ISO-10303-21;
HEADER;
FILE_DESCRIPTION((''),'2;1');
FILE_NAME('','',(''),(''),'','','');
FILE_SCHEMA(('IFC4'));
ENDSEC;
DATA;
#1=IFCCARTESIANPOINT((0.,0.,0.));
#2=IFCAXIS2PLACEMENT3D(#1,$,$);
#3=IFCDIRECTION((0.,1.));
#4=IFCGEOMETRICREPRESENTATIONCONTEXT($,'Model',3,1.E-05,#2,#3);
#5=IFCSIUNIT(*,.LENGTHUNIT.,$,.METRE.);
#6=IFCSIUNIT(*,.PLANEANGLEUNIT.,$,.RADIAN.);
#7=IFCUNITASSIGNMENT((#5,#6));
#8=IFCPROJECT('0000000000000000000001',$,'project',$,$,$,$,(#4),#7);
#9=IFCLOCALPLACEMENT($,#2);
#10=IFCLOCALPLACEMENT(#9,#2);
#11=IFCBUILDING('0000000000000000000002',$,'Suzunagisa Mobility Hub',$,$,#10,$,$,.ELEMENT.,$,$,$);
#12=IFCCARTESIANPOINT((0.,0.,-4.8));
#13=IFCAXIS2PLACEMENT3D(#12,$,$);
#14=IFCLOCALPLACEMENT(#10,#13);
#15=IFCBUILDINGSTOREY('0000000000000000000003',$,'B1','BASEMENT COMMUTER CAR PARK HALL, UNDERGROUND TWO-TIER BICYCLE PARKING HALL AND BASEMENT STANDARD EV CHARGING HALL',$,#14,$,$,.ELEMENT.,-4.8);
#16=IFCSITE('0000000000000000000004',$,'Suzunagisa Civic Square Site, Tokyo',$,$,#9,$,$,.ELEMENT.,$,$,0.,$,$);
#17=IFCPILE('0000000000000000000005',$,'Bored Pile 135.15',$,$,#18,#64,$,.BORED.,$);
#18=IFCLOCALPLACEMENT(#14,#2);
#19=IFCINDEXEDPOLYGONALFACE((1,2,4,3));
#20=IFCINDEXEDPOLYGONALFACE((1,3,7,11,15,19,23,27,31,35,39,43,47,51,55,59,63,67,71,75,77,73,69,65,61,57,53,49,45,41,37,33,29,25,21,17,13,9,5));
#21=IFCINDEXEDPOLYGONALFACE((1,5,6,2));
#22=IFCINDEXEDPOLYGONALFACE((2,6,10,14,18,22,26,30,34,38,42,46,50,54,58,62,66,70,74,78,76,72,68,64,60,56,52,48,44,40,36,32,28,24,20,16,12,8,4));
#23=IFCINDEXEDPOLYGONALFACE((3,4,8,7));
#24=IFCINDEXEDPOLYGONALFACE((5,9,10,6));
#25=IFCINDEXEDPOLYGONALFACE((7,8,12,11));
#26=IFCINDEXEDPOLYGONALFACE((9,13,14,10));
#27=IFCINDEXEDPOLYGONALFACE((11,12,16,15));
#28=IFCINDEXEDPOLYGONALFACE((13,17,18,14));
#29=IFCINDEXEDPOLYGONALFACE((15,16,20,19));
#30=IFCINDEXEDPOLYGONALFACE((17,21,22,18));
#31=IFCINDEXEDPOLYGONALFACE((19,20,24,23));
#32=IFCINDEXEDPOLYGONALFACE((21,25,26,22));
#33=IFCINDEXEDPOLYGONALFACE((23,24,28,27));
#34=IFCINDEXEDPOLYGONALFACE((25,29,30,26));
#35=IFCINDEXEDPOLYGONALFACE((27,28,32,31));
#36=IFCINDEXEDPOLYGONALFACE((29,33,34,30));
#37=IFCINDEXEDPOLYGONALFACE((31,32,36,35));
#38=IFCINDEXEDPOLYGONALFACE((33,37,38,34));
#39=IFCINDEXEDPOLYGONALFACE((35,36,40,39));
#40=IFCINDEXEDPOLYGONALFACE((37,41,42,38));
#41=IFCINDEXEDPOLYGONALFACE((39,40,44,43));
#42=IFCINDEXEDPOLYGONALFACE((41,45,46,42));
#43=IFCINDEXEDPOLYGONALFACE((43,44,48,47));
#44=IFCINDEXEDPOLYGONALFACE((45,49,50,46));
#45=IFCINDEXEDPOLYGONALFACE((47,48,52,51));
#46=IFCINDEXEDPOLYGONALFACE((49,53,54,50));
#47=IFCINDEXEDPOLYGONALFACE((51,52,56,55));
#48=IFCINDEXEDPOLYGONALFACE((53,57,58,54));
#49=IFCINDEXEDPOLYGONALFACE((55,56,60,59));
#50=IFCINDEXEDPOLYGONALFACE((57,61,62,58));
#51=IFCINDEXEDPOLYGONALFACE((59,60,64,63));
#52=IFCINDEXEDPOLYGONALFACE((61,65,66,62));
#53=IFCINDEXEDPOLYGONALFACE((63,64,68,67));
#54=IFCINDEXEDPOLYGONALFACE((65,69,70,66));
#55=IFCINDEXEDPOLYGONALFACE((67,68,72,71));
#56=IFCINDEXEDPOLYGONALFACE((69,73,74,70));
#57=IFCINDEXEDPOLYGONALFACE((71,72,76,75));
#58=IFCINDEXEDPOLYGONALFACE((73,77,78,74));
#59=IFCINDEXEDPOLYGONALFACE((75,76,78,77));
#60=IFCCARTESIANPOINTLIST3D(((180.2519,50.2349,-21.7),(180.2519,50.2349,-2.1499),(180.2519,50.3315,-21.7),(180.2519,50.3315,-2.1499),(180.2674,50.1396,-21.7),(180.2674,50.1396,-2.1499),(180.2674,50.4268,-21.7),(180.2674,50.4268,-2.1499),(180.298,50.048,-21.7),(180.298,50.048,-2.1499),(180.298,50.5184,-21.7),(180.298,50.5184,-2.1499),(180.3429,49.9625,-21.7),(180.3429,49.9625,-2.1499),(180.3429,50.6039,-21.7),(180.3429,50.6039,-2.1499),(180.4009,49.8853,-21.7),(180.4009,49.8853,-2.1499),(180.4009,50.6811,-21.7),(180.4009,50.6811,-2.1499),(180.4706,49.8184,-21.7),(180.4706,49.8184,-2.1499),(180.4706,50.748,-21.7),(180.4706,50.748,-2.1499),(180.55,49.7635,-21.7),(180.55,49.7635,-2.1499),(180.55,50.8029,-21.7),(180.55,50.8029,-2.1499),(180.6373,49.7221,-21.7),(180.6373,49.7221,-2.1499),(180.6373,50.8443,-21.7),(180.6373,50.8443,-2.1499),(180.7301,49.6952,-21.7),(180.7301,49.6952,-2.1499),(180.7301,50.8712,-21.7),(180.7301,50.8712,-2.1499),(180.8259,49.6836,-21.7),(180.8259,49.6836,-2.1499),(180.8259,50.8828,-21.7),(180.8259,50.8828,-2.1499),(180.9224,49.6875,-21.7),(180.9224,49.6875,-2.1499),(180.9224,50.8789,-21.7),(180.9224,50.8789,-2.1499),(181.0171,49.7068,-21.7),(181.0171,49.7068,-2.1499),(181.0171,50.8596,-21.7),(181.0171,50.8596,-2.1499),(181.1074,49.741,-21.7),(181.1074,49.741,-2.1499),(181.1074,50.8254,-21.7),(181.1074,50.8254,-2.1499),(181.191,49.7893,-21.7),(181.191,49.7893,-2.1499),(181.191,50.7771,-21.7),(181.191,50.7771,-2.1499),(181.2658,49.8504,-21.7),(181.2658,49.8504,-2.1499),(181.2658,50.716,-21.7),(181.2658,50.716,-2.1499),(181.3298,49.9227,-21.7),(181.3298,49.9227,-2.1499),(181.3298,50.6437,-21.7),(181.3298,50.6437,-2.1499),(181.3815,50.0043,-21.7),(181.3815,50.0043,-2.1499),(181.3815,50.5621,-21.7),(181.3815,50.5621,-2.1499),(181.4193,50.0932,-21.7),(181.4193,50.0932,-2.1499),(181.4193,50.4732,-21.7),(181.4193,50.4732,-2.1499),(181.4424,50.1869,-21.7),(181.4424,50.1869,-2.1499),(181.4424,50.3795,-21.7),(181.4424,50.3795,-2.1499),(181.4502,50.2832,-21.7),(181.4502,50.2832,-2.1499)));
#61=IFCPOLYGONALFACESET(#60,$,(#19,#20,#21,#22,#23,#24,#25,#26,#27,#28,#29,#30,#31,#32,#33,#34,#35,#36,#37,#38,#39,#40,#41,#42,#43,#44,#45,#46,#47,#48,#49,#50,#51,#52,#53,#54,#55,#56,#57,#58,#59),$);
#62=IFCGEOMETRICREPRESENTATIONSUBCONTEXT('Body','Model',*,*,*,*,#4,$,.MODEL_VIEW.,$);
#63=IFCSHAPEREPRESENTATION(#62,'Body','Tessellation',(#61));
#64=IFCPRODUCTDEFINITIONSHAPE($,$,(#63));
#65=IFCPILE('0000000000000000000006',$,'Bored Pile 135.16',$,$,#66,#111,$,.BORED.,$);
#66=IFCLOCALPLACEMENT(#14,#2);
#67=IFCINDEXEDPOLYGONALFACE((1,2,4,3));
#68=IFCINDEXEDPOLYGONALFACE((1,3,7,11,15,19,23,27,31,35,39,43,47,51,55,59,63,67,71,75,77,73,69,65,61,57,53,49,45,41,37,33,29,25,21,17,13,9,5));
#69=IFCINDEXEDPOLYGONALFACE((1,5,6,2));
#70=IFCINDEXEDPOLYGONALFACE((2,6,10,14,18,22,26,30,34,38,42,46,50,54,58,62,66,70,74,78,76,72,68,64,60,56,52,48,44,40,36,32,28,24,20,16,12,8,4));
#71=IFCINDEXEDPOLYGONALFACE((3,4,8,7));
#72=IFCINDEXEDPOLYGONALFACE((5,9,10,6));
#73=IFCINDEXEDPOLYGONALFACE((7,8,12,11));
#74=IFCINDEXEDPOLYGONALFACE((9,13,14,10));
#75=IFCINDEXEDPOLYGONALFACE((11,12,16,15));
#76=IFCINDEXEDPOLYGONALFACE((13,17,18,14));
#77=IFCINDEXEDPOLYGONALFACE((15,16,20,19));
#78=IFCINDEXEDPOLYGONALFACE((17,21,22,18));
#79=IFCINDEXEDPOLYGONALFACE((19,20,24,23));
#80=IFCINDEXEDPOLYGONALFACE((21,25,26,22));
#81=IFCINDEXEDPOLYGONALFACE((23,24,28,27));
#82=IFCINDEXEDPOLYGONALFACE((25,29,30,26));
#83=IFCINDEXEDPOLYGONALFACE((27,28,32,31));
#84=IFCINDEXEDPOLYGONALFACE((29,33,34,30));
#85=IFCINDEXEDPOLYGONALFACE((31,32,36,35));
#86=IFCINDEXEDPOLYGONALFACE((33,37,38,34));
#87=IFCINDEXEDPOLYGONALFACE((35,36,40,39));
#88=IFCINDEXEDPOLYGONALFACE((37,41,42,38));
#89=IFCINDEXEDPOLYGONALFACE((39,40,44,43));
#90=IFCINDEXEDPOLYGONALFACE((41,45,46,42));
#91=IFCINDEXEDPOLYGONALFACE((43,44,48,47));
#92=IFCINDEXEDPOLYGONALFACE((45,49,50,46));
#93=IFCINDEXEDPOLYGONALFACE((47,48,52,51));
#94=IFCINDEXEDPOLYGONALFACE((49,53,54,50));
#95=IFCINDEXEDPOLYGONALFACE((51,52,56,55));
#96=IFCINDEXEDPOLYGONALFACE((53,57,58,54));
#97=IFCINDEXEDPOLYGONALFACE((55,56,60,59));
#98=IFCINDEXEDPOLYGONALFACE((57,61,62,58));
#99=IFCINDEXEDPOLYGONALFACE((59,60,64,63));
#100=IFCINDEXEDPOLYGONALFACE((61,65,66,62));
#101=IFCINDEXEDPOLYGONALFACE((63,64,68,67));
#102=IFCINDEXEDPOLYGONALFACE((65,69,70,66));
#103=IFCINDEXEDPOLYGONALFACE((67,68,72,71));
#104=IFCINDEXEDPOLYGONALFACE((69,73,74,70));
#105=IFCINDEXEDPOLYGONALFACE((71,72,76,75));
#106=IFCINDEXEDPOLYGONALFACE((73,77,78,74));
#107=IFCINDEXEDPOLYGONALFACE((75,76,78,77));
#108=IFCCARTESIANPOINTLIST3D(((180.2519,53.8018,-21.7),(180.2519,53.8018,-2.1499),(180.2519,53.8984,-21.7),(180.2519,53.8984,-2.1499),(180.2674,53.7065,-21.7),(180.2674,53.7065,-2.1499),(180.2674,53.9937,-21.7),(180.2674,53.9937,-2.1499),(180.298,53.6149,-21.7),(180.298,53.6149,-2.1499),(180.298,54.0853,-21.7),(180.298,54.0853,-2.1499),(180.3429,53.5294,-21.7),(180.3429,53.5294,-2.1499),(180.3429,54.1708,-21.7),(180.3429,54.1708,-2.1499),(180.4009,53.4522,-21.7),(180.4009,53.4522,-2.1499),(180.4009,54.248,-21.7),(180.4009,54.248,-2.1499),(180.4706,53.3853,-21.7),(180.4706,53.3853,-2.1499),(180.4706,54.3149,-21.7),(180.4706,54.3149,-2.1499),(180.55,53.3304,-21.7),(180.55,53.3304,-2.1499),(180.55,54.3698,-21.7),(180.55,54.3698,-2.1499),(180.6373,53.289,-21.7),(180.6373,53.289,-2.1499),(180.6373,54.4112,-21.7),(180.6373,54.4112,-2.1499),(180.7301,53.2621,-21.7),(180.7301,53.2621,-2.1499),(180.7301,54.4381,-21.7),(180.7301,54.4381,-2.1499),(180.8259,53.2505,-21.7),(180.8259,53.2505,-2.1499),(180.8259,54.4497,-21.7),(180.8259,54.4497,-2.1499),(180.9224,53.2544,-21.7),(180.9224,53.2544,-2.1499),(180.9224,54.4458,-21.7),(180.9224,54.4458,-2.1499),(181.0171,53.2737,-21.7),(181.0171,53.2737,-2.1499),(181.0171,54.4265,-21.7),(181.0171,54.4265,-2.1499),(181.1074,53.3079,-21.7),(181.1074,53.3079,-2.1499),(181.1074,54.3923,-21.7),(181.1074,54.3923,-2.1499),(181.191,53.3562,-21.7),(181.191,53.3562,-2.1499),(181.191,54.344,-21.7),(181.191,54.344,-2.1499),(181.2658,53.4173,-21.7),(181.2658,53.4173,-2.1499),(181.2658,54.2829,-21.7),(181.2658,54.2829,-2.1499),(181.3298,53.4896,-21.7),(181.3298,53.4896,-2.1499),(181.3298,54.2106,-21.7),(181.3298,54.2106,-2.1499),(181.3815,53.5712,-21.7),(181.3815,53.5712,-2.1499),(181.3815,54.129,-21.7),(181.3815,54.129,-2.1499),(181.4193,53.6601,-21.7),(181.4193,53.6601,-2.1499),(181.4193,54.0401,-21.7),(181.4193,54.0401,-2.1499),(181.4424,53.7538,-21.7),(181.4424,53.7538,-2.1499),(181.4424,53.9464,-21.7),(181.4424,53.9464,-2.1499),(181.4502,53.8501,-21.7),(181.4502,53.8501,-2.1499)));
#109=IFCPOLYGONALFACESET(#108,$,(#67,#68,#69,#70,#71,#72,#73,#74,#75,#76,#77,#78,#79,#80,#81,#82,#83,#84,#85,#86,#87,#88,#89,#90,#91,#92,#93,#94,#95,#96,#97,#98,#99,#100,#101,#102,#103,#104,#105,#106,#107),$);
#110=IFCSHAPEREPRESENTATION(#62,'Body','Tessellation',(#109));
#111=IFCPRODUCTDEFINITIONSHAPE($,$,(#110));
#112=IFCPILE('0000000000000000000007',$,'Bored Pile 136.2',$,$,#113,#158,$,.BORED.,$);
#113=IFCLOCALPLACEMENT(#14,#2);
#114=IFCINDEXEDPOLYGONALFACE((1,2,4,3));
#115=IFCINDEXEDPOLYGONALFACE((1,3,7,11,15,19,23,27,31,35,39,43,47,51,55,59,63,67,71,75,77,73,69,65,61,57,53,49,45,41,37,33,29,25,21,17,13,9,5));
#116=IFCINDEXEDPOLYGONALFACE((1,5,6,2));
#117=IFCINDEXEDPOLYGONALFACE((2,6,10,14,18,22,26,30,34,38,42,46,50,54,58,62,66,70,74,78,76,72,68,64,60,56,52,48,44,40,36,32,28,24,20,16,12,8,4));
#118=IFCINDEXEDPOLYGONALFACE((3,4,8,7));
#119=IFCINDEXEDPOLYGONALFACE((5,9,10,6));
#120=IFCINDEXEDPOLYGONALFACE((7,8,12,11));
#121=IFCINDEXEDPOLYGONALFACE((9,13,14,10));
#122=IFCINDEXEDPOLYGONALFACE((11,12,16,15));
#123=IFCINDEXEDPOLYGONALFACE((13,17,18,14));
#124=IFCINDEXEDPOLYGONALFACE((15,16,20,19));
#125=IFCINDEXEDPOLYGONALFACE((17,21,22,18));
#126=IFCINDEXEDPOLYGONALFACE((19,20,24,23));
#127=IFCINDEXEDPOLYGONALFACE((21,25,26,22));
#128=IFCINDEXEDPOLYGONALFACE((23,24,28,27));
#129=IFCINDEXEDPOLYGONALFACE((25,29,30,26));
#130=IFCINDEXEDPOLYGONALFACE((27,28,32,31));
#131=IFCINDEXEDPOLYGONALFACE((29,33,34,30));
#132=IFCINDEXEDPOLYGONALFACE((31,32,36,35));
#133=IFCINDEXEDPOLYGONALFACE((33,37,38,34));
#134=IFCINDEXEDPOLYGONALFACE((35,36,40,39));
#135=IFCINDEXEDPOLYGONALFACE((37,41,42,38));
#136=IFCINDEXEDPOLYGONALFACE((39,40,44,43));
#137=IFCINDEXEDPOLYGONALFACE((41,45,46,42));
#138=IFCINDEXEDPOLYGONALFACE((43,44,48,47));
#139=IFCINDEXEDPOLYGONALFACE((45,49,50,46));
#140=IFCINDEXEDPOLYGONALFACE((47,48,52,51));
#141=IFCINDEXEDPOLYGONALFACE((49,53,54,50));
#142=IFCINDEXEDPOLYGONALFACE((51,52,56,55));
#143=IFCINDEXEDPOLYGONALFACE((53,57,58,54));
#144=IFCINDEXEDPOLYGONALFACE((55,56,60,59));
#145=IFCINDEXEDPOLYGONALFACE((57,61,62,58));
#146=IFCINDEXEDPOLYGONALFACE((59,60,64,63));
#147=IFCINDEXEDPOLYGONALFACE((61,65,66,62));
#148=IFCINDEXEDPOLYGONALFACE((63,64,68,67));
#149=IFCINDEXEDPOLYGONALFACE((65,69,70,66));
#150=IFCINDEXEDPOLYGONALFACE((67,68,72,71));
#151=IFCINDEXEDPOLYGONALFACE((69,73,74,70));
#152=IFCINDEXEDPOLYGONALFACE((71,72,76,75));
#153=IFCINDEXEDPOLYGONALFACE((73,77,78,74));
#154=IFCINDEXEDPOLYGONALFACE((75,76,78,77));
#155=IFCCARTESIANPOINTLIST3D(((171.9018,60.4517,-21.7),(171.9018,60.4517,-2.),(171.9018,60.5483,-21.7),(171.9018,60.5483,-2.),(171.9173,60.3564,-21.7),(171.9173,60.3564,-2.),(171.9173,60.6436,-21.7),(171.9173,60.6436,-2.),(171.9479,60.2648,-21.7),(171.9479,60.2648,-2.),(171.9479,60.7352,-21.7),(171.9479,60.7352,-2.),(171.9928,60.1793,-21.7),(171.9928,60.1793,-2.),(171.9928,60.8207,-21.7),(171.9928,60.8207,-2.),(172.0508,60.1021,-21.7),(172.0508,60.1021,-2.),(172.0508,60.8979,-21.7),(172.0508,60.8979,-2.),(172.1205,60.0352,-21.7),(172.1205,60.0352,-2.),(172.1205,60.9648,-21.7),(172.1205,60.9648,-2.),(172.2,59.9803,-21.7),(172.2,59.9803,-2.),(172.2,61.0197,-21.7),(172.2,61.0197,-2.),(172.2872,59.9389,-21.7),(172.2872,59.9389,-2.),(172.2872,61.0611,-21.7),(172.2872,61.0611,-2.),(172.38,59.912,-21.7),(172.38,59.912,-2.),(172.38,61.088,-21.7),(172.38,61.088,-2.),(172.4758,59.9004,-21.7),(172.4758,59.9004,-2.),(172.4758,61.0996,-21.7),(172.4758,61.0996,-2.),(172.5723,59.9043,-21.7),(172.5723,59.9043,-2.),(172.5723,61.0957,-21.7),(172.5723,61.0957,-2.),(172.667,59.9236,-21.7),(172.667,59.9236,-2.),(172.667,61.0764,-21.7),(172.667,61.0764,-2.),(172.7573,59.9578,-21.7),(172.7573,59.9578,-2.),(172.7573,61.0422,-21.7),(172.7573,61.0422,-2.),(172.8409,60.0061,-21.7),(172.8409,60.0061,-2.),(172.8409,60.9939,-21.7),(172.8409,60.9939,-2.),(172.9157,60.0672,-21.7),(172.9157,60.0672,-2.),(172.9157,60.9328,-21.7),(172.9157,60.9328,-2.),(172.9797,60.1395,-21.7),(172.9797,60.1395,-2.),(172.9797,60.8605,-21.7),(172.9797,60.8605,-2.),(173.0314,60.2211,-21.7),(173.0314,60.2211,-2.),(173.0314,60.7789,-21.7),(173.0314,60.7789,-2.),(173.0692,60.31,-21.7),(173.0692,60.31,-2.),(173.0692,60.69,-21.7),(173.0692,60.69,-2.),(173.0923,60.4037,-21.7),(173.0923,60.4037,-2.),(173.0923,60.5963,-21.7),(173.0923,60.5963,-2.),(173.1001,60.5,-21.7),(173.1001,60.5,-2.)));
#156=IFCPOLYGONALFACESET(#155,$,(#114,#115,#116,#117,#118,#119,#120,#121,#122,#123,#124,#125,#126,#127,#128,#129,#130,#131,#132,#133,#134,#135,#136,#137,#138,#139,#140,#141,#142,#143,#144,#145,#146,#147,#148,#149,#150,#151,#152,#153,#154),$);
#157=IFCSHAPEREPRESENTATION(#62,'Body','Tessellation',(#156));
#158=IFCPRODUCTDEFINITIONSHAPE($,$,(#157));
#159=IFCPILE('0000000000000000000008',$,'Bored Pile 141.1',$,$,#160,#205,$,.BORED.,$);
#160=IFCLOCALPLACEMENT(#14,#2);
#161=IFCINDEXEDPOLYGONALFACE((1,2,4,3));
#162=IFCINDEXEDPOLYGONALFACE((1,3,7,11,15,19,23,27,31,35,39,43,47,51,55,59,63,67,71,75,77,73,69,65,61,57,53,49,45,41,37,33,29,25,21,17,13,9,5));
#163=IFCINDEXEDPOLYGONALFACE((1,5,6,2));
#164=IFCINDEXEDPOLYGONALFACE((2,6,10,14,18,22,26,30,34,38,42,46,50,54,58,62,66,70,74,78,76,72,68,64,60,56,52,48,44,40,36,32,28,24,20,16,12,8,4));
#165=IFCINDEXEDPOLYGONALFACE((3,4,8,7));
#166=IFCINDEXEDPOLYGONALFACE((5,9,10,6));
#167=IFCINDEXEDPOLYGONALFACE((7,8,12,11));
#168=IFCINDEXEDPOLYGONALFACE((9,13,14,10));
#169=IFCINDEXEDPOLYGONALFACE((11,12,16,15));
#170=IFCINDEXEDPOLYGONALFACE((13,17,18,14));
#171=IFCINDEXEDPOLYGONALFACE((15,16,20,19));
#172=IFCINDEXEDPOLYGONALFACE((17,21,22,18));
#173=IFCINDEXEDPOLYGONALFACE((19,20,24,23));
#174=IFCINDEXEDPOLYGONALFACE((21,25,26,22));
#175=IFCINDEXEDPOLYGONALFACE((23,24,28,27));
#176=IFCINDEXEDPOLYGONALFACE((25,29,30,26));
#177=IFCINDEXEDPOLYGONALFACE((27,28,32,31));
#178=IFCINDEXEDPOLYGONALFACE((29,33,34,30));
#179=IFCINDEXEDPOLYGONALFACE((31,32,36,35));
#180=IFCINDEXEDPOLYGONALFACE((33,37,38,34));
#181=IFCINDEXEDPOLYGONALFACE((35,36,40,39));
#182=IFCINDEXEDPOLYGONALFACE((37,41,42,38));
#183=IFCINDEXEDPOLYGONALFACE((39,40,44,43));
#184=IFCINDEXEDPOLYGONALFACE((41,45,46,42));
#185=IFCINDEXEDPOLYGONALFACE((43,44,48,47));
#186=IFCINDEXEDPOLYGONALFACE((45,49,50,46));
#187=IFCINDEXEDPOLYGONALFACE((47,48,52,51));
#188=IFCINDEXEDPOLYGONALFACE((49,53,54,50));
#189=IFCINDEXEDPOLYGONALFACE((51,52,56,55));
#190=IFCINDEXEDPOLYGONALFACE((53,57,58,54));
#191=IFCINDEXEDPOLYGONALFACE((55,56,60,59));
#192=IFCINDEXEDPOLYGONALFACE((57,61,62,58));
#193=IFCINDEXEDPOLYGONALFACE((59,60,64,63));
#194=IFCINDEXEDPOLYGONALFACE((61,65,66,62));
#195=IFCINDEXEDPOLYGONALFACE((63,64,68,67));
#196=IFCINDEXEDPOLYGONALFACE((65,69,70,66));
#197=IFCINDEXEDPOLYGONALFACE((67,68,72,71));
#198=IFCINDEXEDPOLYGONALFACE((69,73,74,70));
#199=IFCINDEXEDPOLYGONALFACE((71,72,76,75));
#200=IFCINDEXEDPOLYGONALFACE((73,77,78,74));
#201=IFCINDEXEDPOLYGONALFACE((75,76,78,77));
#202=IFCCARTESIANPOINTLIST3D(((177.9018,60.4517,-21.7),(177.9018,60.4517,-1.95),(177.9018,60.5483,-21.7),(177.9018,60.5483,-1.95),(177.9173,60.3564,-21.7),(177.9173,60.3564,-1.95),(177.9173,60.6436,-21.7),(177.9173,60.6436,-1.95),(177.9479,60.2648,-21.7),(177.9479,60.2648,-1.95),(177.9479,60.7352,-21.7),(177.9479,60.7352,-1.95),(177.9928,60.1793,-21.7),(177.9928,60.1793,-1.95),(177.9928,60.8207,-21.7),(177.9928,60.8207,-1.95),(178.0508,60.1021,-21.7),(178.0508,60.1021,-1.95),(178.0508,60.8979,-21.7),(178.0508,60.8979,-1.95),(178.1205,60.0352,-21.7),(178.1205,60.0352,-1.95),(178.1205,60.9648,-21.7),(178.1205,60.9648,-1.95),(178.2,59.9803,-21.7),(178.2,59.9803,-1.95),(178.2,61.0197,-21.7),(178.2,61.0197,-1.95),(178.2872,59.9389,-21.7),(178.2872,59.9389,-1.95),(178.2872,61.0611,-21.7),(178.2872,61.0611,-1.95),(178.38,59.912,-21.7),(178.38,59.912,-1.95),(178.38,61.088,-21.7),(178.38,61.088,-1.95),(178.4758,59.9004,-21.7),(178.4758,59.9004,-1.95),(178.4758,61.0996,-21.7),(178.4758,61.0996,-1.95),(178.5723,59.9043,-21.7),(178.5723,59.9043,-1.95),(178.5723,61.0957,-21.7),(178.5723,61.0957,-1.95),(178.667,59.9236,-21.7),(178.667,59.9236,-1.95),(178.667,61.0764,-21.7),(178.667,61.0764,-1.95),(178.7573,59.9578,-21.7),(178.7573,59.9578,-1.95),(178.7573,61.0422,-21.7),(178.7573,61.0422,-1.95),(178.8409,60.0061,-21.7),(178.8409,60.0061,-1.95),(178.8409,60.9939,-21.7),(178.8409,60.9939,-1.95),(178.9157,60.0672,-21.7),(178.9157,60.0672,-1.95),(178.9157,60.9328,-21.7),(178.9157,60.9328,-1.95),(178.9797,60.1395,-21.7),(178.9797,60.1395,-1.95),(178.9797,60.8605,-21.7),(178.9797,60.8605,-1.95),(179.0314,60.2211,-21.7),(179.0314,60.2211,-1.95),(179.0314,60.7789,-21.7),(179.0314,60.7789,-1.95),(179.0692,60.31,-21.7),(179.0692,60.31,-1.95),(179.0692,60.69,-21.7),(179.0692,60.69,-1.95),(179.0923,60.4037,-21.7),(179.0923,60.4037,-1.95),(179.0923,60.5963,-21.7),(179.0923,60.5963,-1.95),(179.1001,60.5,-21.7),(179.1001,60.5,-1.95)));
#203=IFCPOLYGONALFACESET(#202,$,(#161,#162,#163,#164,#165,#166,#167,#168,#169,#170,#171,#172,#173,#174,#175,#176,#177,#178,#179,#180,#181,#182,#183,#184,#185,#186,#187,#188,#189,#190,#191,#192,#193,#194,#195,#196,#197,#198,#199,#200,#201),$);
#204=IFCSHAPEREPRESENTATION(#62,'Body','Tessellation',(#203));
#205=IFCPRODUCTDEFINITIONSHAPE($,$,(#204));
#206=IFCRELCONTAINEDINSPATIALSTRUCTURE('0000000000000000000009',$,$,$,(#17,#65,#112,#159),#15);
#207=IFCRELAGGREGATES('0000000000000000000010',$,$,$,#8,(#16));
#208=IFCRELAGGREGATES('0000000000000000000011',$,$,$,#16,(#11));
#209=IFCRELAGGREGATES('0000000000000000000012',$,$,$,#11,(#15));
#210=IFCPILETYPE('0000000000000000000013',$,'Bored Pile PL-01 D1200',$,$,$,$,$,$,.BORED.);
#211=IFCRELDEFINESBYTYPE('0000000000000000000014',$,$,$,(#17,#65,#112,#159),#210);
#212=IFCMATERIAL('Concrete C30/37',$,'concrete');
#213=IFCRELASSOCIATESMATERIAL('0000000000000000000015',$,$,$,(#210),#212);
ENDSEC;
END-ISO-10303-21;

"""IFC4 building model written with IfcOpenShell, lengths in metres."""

from ifc_helpers import new_model, si_unit, direction, frame, origin, origin_2d, place, context, subcontext, project, spatial, circle, extrude, material, material_profile, profile_set, type_object, element, save


model = new_model("IFC4")

# Units and contexts
model_context = context("Model", 3, precision=1e-05, world=origin(), true_north=direction((0.0, 1.0)))
body_context = subcontext(model_context, "Body", "Model", "MODEL_VIEW")
ifc_project = project(units=[si_unit("LENGTHUNIT", "METRE"), si_unit("PLANEANGLEUNIT", "RADIAN")], contexts=[model_context])

# Site, building, storey
site_placement = place(None, origin())
site = spatial("IfcSite", under=ifc_project, at=site_placement, Name="Suzunagisa Civic Square Site, Tokyo", CompositionType="ELEMENT", RefElevation=0.0)
building_placement = place(site_placement, origin())
building = spatial("IfcBuilding", under=site, at=building_placement, Name="Suzunagisa Mobility Hub", CompositionType="ELEMENT")
storey_placement = place(building_placement, frame((0.0, 0.0, -4.8)))
storey = spatial("IfcBuildingStorey", under=building, at=storey_placement, Name="B1", Description="BASEMENT COMMUTER CAR PARK HALL, UNDERGROUND TWO-TIER BICYCLE PARKING HALL AND BASEMENT STANDARD EV CHARGING HALL", CompositionType="ELEMENT", Elevation=-4.8)

# Piles
ifc_material_1 = material(Name="Concrete C30/37", Category="concrete")
ifc_material_profile_1 = material_profile(ifc_material_1, circle(Radius=0.6001, at=origin_2d()), Name="BORED PILE D1200")
ifc_profile_set_1 = profile_set([ifc_material_profile_1], Name="Concrete C30/37")
pile_type = type_object("IfcPileType", Name="Bored Pile PL-01 D1200", PredefinedType="BORED", material=ifc_profile_set_1)
for number, where, z_axis, x_axis, name in (
    (1, (180.8501, 50.2832, -2.1499), (0.0, 0.0, -1.0), (1.0, 0.0, 0.0), "Bored Pile 135.15"),
    (2, (180.8501, 53.8501, -2.1499), (0.0, 0.0, -1.0), (1.0, 0.0, 0.0), "Bored Pile 135.16"),
):
    element("IfcPile", number, at=place(storey_placement, frame(where, z_axis=z_axis, x_axis=x_axis)), inside=storey, type_object=pile_type, Name=name, PredefinedType="BORED", context=body_context, shape_type="SweptSolid", body=[
        extrude(circle(Radius=0.6001, at=origin_2d()), origin(), (0.0, 0.0, 1.0), 19.55),
    ])
pile_placement = place(storey_placement, frame((172.5, 60.5, -2.0), z_axis=(0.0, 0.0, -1.0), x_axis=(1.0, 0.0, 0.0)))
element("IfcPile", 3, at=pile_placement, inside=storey, type_object=pile_type, Name="Bored Pile 136.2", PredefinedType="BORED", context=body_context, shape_type="SweptSolid", body=[
    extrude(circle(Radius=0.6001, at=origin_2d()), origin(), (0.0, 0.0, 1.0), 19.7),
])
for number, where, z_axis, x_axis, name in (
    (4, (178.5, 60.5, -1.95), (0.0, 0.0, -1.0), (1.0, 0.0, 0.0), "Bored Pile 141.1"),
):
    element("IfcPile", number, at=place(storey_placement, frame(where, z_axis=z_axis, x_axis=x_axis)), inside=storey, type_object=pile_type, Name=name, PredefinedType="BORED", context=body_context, shape_type="SweptSolid", body=[
        extrude(circle(Radius=0.6001, at=origin_2d()), origin(), (0.0, 0.0, 1.0), 19.75),
    ])

save(model, "model.ifc")
